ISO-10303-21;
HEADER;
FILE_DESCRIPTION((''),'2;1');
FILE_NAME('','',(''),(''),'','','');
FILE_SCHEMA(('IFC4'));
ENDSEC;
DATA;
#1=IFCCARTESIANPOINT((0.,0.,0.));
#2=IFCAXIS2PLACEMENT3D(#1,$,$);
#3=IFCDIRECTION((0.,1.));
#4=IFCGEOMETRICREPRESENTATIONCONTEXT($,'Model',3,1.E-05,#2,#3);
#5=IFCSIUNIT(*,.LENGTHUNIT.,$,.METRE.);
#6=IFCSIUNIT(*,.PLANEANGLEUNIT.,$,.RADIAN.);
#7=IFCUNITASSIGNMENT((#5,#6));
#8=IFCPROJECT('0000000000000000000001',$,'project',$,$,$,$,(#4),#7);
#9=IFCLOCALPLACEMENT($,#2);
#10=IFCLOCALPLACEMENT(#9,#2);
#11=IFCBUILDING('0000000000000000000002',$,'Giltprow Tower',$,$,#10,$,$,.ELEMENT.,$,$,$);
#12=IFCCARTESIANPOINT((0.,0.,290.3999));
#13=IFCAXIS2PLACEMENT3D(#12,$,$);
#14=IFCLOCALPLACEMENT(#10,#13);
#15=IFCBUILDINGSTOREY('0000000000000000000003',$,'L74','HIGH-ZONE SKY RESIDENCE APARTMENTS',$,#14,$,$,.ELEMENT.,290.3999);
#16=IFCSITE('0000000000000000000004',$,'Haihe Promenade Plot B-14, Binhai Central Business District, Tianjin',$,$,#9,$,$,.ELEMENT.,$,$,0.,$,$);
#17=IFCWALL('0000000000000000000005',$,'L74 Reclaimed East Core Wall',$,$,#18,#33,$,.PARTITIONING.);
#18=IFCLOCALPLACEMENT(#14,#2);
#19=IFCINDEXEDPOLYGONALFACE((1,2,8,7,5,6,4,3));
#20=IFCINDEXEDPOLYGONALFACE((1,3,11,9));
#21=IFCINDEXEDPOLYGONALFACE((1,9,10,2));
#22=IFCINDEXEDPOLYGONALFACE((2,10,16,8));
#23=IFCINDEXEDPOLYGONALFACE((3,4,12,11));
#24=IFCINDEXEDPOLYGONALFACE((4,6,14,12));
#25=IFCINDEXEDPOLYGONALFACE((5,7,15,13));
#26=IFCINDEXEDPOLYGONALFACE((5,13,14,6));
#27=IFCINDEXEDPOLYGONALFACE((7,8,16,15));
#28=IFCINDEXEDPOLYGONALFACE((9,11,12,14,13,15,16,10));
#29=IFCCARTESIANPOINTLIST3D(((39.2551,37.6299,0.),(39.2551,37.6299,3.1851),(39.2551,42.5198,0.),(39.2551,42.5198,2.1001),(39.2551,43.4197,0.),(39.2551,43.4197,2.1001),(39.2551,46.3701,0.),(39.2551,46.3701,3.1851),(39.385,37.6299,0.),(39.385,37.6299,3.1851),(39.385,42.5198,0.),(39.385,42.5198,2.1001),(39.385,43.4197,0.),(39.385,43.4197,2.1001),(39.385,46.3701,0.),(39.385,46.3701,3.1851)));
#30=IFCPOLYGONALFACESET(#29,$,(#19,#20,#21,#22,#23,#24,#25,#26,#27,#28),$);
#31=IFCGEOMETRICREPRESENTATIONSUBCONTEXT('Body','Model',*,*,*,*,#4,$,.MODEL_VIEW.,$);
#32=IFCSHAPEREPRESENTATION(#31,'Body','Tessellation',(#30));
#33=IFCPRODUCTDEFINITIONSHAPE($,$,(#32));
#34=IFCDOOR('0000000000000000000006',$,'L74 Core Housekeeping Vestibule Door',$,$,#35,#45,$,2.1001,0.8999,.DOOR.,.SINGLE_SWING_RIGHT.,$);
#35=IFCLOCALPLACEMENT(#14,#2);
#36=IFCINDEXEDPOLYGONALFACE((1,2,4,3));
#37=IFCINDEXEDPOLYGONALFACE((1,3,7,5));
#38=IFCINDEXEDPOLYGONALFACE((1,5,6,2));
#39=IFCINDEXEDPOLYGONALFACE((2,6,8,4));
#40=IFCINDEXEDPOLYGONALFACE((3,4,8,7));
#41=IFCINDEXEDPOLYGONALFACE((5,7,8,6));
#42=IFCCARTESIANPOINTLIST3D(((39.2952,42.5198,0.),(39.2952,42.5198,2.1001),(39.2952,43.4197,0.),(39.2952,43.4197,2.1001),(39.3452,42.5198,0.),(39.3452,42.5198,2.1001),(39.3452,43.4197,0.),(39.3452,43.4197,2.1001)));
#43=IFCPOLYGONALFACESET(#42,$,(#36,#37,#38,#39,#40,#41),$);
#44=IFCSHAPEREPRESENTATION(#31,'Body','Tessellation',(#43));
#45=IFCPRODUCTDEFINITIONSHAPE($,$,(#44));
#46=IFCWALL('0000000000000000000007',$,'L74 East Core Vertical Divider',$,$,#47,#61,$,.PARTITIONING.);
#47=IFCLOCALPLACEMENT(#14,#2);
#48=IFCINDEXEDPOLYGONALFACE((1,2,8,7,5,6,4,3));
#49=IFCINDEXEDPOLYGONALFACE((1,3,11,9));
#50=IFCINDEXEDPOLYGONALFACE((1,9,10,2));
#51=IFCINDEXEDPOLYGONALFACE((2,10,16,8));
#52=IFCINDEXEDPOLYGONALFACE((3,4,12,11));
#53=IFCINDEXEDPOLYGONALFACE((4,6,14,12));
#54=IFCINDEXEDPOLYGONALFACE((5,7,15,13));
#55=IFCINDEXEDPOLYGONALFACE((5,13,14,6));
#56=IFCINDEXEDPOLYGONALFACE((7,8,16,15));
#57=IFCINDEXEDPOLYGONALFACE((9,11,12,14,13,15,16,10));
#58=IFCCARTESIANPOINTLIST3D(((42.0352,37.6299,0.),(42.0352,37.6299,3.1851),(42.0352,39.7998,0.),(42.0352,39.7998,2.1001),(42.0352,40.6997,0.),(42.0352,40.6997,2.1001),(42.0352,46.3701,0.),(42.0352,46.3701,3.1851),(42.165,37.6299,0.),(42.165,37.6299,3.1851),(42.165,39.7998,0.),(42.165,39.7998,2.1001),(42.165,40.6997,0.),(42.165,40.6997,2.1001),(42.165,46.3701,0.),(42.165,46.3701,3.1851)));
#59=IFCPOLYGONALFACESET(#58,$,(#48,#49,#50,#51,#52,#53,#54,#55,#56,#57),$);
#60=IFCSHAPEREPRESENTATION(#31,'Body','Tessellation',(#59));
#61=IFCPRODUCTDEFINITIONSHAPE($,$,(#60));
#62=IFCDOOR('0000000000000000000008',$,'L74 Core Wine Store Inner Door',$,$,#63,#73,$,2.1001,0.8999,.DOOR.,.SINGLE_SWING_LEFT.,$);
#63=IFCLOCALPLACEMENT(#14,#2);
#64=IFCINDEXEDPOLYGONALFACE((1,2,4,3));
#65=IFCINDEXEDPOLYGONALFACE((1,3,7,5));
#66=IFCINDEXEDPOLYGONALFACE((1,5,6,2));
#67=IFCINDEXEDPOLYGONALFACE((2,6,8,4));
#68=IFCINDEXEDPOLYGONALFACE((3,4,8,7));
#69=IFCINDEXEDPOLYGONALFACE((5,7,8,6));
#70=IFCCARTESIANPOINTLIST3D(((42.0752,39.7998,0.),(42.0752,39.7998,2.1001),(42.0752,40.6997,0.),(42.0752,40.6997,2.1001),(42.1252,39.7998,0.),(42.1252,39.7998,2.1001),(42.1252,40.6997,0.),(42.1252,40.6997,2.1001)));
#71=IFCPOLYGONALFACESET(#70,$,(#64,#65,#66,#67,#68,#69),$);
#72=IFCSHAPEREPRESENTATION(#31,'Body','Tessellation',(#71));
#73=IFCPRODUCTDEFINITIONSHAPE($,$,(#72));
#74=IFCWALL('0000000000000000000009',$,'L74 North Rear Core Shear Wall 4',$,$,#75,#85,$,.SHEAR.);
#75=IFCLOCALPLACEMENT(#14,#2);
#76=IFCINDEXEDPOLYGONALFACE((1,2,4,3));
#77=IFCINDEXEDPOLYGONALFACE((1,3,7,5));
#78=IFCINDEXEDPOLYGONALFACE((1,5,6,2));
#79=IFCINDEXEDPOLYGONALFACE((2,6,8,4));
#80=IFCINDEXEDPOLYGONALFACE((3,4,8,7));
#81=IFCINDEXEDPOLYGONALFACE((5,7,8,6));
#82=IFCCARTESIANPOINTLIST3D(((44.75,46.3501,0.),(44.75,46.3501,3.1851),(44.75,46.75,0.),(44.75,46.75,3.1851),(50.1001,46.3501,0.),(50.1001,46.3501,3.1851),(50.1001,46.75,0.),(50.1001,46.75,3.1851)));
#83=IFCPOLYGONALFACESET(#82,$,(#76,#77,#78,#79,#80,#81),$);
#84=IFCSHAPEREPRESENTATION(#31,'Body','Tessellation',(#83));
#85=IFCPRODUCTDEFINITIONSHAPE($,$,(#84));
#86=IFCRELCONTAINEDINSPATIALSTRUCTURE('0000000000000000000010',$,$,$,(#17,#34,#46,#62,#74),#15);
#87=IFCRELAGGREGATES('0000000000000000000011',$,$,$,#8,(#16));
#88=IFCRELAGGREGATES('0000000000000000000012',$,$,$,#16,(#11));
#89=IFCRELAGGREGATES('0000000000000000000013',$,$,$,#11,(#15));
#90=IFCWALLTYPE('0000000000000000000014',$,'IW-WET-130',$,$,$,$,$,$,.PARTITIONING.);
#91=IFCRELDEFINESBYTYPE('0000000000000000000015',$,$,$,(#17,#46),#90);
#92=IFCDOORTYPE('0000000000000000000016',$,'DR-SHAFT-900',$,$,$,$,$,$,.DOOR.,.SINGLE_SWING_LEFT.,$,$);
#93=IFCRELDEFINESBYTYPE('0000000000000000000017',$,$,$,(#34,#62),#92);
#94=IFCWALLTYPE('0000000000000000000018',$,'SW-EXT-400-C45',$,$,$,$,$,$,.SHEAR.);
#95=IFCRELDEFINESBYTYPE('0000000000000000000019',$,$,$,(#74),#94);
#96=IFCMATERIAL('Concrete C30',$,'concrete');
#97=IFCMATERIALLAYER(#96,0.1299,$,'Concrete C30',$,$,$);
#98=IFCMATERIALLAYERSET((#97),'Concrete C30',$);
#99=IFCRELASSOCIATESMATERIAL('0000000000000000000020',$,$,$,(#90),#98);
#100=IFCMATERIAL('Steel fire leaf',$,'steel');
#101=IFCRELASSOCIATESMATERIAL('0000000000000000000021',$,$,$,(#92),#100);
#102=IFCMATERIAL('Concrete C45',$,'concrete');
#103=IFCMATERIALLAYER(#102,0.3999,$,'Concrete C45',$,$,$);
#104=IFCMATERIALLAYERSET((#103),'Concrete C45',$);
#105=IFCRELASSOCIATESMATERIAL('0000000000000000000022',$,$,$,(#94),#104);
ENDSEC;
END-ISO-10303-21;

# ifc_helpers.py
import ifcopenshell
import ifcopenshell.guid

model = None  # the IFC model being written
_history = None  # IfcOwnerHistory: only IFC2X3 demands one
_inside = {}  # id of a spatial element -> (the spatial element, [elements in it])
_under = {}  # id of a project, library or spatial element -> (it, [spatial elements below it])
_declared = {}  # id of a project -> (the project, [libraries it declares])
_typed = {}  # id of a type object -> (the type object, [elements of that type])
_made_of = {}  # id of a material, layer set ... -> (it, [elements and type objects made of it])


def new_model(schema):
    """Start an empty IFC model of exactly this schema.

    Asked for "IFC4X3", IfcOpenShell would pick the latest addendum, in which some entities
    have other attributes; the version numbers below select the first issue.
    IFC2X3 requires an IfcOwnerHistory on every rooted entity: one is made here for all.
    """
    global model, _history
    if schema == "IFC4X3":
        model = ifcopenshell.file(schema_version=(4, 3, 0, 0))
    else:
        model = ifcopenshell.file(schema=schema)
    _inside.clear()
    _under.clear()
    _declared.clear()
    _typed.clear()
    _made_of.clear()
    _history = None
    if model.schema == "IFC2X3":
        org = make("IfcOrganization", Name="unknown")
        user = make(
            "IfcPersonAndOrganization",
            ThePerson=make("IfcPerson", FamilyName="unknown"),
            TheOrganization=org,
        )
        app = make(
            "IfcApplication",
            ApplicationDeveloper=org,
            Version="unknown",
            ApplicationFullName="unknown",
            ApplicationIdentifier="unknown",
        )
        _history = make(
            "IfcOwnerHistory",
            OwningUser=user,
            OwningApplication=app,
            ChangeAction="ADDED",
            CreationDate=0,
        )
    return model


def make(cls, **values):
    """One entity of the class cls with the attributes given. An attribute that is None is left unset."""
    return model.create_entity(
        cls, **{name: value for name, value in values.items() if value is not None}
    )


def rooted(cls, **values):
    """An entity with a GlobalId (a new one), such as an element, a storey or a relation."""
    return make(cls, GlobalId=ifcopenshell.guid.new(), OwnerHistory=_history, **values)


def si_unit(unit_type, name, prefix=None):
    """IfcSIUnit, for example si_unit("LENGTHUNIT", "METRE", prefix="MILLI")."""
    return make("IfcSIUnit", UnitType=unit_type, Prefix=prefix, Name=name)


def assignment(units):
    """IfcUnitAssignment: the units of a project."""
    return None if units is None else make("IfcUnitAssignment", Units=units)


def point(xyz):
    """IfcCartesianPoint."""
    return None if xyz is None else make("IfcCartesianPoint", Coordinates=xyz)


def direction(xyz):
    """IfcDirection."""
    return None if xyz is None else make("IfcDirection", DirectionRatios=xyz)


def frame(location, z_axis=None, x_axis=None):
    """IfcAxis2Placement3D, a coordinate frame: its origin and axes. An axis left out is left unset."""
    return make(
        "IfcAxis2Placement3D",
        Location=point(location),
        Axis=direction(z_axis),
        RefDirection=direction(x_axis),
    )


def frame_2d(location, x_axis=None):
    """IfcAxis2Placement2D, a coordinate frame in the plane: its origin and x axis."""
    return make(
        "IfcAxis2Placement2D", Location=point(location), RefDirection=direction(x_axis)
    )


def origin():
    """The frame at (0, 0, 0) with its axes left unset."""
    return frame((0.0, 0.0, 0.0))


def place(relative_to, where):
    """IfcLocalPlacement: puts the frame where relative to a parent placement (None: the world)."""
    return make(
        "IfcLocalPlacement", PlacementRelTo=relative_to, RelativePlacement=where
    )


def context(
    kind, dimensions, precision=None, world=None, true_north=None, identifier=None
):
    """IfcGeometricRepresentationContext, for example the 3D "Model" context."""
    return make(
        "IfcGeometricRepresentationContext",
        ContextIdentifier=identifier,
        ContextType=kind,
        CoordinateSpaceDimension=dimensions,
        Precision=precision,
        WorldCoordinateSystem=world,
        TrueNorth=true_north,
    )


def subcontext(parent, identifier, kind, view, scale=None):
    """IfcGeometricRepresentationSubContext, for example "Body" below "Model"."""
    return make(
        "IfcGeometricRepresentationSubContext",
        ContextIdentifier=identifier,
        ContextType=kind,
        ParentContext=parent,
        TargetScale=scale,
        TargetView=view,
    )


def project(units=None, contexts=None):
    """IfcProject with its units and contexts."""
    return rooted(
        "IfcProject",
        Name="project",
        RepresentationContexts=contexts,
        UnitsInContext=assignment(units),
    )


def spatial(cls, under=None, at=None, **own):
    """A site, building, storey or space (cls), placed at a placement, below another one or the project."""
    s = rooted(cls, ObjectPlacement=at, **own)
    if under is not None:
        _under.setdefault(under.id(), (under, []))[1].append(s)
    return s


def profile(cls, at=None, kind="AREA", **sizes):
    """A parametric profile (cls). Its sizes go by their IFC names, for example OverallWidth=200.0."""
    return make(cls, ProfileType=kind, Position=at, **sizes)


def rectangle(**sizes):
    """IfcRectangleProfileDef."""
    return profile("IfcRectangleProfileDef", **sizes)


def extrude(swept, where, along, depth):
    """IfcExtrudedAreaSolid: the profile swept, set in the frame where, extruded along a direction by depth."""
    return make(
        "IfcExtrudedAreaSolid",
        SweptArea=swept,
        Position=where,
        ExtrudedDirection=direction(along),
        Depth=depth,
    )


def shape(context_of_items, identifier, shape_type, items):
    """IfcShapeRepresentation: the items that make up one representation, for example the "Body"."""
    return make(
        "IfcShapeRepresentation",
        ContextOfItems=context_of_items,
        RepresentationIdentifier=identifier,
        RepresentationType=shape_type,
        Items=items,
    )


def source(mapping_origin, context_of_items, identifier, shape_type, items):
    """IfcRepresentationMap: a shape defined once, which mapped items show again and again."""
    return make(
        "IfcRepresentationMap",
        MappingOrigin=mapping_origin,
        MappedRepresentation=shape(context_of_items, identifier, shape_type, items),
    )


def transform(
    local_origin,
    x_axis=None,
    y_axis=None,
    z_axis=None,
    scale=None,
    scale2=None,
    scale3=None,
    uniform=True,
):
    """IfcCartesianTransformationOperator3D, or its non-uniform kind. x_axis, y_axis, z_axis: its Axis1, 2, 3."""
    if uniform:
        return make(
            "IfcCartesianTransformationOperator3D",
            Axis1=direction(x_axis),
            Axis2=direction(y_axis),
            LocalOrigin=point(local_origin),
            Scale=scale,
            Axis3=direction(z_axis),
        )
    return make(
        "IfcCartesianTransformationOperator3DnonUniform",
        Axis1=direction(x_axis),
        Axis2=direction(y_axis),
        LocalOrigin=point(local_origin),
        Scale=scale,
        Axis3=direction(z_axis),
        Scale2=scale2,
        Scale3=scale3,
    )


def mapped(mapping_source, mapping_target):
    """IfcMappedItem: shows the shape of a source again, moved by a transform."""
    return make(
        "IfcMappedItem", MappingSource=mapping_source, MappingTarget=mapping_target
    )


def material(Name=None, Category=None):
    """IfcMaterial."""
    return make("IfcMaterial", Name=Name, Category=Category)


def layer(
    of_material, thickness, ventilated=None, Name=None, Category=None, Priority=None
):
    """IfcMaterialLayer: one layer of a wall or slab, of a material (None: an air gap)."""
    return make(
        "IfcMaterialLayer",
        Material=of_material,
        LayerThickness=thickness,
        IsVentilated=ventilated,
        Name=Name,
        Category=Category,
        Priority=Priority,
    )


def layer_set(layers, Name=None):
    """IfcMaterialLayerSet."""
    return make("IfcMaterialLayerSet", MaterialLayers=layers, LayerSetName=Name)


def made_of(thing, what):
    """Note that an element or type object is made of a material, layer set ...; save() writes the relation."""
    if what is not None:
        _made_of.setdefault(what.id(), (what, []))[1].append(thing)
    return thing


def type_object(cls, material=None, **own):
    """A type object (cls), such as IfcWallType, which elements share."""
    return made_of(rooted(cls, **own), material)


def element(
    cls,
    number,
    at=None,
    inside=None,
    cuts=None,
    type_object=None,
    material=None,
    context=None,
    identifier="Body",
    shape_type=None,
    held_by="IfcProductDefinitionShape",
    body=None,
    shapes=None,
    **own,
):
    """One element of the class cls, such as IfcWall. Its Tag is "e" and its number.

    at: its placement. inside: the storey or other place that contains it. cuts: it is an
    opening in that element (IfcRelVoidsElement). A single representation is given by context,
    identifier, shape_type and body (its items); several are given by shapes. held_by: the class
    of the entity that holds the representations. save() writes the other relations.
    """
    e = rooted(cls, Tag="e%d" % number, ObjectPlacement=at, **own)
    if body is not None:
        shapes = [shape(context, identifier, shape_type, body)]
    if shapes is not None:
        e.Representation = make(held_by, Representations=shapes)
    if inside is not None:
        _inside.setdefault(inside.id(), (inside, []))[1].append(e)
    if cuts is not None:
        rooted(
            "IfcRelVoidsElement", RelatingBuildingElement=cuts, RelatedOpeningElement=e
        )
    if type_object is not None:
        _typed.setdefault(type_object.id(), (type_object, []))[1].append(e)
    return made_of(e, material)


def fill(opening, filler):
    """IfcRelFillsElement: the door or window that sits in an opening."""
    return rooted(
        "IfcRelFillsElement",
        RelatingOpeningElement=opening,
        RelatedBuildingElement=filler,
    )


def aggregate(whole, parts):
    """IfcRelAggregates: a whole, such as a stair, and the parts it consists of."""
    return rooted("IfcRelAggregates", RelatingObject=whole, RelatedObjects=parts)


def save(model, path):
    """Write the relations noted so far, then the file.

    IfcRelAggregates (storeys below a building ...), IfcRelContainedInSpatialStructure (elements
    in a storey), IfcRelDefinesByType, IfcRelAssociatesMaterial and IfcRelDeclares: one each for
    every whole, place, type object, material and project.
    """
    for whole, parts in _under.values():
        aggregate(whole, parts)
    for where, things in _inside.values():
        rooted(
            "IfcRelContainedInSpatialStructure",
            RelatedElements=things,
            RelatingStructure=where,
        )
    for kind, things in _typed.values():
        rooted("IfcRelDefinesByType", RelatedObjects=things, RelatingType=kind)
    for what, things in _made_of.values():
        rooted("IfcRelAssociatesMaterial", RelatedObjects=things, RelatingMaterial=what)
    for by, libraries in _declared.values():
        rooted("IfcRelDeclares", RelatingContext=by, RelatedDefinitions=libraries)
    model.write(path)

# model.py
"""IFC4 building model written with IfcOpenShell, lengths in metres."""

from ifc_helpers import new_model, si_unit, direction, frame, frame_2d, origin, place, context, subcontext, project, spatial, rectangle, extrude, source, transform, mapped, material, layer, layer_set, type_object, element, fill, save


model = new_model("IFC4")

# Units and contexts
model_context = context("Model", 3, precision=1e-05, world=origin(), true_north=direction((0.0, 1.0)))
body_context = subcontext(model_context, "Body", "Model", "MODEL_VIEW")
ifc_project = project(units=[si_unit("LENGTHUNIT", "METRE"), si_unit("PLANEANGLEUNIT", "RADIAN")], contexts=[model_context])

# Site, building, storey
site_placement = place(None, origin())
site = spatial("IfcSite", under=ifc_project, at=site_placement, Name="Haihe Promenade Plot B-14, Binhai Central Business District, Tianjin", CompositionType="ELEMENT", RefElevation=0.0)
building_placement = place(site_placement, origin())
building = spatial("IfcBuilding", under=site, at=building_placement, Name="Giltprow Tower", CompositionType="ELEMENT")
storey_placement = place(building_placement, frame((0.0, 0.0, 290.3999)))
storey = spatial("IfcBuildingStorey", under=building, at=storey_placement, Name="L74", Description="HIGH-ZONE SKY RESIDENCE APARTMENTS", CompositionType="ELEMENT", Elevation=290.3999)

# Shared definitions
ifc_material_1 = material(Name="Concrete C45", Category="concrete")

# Shared definitions
ifc_material_2 = material(Name="Steel fire leaf", Category="steel")

# Walls, openings, doors
ifc_material_3 = material(Name="Concrete C30", Category="concrete")
ifc_layer_1 = layer(ifc_material_3, 0.1299, Name="Concrete C30")
ifc_layer_set_1 = layer_set([ifc_layer_1], Name="Concrete C30")
wall_type_1 = type_object("IfcWallType", Name="IW-WET-130", PredefinedType="PARTITIONING", material=ifc_layer_set_1)
wall_1_placement = place(storey_placement, frame((39.3201, 37.6299, 0.0), z_axis=(0.0, 0.0, 1.0), x_axis=(0.0, 1.0, 0.0)))
wall_1 = element("IfcWall", 1, at=wall_1_placement, inside=storey, type_object=wall_type_1, Name="L74 Reclaimed East Core Wall", PredefinedType="PARTITIONING", context=body_context, shape_type="SweptSolid", body=[
    extrude(rectangle(XDim=8.7402, YDim=0.1299, at=frame_2d((4.3701, 0.0))), origin(), (0.0, 0.0, 1.0), 3.1851),
])
opening_1_placement = place(wall_1_placement, frame((4.8899, 0.0, 0.0)))
opening_1 = element("IfcOpeningElement", 2, at=opening_1_placement, cuts=wall_1, PredefinedType="OPENING", context=body_context, shape_type="SweptSolid", body=[
    extrude(rectangle(XDim=0.8999, YDim=2.1001, at=frame_2d((0.45, 1.05))), frame((0.0, 0.075, 0.0), z_axis=(0.0, -1.0, 0.0), x_axis=(1.0, 0.0, 0.0)), (0.0, 0.0, 1.0), 0.1499),
])
door_type_1 = type_object("IfcDoorType", Name="DR-SHAFT-900", OperationType="SINGLE_SWING_LEFT", PredefinedType="DOOR", material=ifc_material_2)
shared_shape_1 = source(origin(), body_context, "Body", "SweptSolid", [
    extrude(rectangle(XDim=0.8999, YDim=2.1001, at=frame_2d((0.45, 1.05))), frame((0.0, 0.0249, 0.0), z_axis=(0.0, -1.0, 0.0), x_axis=(1.0, 0.0, 0.0)), (0.0, 0.0, 1.0), 0.05),
])
door_1_placement = place(opening_1_placement, origin())
door_1 = element("IfcDoor", 3, at=door_1_placement, inside=storey, type_object=door_type_1, Name="L74 Core Housekeeping Vestibule Door", OperationType="SINGLE_SWING_RIGHT", OverallHeight=2.1001, OverallWidth=0.8999, PredefinedType="DOOR", context=body_context, shape_type="MappedRepresentation", body=[
    mapped(shared_shape_1, transform((0.0, 0.0, 0.0), x_axis=(1.0, 0.0, 0.0), y_axis=(0.0, 1.0, 0.0), z_axis=(0.0, 0.0, 1.0), scale=1.0)),
])
fill(opening_1, door_1)
wall_2_placement = place(storey_placement, frame((42.1001, 37.6299, 0.0), z_axis=(0.0, 0.0, 1.0), x_axis=(0.0, 1.0, 0.0)))
wall_2 = element("IfcWall", 4, at=wall_2_placement, inside=storey, type_object=wall_type_1, Name="L74 East Core Vertical Divider", PredefinedType="PARTITIONING", context=body_context, shape_type="SweptSolid", body=[
    extrude(rectangle(XDim=8.7402, YDim=0.1299, at=frame_2d((4.3701, 0.0))), origin(), (0.0, 0.0, 1.0), 3.1851),
])
opening_2_placement = place(wall_2_placement, frame((2.1699, 0.0, 0.0)))
opening_2 = element("IfcOpeningElement", 5, at=opening_2_placement, cuts=wall_2, PredefinedType="OPENING", context=body_context, shape_type="SweptSolid", body=[
    extrude(rectangle(XDim=0.8999, YDim=2.1001, at=frame_2d((0.45, 1.05))), frame((0.0, 0.075, 0.0), z_axis=(0.0, -1.0, 0.0), x_axis=(1.0, 0.0, 0.0)), (0.0, 0.0, 1.0), 0.1499),
])
door_2_placement = place(opening_2_placement, origin())
door_2 = element("IfcDoor", 6, at=door_2_placement, inside=storey, type_object=door_type_1, Name="L74 Core Wine Store Inner Door", OperationType="SINGLE_SWING_LEFT", OverallHeight=2.1001, OverallWidth=0.8999, PredefinedType="DOOR", context=body_context, shape_type="MappedRepresentation", body=[
    mapped(shared_shape_1, transform((0.0, 0.0, 0.0), x_axis=(1.0, 0.0, 0.0), y_axis=(0.0, 1.0, 0.0), z_axis=(0.0, 0.0, 1.0), scale=1.0)),
])
fill(opening_2, door_2)

# Wall
ifc_layer_2 = layer(ifc_material_1, 0.3999, Name="Concrete C45")
ifc_layer_set_2 = layer_set([ifc_layer_2], Name="Concrete C45")
wall_type_2 = type_object("IfcWallType", Name="SW-EXT-400-C45", PredefinedType="SHEAR", material=ifc_layer_set_2)
wall_3_placement = place(storey_placement, frame((44.75, 46.55, 0.0), z_axis=(0.0, 0.0, 1.0), x_axis=(1.0, 0.0, 0.0)))
element("IfcWall", 7, at=wall_3_placement, inside=storey, type_object=wall_type_2, Name="L74 North Rear Core Shear Wall 4", PredefinedType="SHEAR", context=body_context, shape_type="SweptSolid", body=[
    extrude(rectangle(XDim=5.3501, YDim=0.3999, at=frame_2d((2.675, 0.0))), origin(), (0.0, 0.0, 1.0), 3.1851),
])

save(model, "model.ifc")
